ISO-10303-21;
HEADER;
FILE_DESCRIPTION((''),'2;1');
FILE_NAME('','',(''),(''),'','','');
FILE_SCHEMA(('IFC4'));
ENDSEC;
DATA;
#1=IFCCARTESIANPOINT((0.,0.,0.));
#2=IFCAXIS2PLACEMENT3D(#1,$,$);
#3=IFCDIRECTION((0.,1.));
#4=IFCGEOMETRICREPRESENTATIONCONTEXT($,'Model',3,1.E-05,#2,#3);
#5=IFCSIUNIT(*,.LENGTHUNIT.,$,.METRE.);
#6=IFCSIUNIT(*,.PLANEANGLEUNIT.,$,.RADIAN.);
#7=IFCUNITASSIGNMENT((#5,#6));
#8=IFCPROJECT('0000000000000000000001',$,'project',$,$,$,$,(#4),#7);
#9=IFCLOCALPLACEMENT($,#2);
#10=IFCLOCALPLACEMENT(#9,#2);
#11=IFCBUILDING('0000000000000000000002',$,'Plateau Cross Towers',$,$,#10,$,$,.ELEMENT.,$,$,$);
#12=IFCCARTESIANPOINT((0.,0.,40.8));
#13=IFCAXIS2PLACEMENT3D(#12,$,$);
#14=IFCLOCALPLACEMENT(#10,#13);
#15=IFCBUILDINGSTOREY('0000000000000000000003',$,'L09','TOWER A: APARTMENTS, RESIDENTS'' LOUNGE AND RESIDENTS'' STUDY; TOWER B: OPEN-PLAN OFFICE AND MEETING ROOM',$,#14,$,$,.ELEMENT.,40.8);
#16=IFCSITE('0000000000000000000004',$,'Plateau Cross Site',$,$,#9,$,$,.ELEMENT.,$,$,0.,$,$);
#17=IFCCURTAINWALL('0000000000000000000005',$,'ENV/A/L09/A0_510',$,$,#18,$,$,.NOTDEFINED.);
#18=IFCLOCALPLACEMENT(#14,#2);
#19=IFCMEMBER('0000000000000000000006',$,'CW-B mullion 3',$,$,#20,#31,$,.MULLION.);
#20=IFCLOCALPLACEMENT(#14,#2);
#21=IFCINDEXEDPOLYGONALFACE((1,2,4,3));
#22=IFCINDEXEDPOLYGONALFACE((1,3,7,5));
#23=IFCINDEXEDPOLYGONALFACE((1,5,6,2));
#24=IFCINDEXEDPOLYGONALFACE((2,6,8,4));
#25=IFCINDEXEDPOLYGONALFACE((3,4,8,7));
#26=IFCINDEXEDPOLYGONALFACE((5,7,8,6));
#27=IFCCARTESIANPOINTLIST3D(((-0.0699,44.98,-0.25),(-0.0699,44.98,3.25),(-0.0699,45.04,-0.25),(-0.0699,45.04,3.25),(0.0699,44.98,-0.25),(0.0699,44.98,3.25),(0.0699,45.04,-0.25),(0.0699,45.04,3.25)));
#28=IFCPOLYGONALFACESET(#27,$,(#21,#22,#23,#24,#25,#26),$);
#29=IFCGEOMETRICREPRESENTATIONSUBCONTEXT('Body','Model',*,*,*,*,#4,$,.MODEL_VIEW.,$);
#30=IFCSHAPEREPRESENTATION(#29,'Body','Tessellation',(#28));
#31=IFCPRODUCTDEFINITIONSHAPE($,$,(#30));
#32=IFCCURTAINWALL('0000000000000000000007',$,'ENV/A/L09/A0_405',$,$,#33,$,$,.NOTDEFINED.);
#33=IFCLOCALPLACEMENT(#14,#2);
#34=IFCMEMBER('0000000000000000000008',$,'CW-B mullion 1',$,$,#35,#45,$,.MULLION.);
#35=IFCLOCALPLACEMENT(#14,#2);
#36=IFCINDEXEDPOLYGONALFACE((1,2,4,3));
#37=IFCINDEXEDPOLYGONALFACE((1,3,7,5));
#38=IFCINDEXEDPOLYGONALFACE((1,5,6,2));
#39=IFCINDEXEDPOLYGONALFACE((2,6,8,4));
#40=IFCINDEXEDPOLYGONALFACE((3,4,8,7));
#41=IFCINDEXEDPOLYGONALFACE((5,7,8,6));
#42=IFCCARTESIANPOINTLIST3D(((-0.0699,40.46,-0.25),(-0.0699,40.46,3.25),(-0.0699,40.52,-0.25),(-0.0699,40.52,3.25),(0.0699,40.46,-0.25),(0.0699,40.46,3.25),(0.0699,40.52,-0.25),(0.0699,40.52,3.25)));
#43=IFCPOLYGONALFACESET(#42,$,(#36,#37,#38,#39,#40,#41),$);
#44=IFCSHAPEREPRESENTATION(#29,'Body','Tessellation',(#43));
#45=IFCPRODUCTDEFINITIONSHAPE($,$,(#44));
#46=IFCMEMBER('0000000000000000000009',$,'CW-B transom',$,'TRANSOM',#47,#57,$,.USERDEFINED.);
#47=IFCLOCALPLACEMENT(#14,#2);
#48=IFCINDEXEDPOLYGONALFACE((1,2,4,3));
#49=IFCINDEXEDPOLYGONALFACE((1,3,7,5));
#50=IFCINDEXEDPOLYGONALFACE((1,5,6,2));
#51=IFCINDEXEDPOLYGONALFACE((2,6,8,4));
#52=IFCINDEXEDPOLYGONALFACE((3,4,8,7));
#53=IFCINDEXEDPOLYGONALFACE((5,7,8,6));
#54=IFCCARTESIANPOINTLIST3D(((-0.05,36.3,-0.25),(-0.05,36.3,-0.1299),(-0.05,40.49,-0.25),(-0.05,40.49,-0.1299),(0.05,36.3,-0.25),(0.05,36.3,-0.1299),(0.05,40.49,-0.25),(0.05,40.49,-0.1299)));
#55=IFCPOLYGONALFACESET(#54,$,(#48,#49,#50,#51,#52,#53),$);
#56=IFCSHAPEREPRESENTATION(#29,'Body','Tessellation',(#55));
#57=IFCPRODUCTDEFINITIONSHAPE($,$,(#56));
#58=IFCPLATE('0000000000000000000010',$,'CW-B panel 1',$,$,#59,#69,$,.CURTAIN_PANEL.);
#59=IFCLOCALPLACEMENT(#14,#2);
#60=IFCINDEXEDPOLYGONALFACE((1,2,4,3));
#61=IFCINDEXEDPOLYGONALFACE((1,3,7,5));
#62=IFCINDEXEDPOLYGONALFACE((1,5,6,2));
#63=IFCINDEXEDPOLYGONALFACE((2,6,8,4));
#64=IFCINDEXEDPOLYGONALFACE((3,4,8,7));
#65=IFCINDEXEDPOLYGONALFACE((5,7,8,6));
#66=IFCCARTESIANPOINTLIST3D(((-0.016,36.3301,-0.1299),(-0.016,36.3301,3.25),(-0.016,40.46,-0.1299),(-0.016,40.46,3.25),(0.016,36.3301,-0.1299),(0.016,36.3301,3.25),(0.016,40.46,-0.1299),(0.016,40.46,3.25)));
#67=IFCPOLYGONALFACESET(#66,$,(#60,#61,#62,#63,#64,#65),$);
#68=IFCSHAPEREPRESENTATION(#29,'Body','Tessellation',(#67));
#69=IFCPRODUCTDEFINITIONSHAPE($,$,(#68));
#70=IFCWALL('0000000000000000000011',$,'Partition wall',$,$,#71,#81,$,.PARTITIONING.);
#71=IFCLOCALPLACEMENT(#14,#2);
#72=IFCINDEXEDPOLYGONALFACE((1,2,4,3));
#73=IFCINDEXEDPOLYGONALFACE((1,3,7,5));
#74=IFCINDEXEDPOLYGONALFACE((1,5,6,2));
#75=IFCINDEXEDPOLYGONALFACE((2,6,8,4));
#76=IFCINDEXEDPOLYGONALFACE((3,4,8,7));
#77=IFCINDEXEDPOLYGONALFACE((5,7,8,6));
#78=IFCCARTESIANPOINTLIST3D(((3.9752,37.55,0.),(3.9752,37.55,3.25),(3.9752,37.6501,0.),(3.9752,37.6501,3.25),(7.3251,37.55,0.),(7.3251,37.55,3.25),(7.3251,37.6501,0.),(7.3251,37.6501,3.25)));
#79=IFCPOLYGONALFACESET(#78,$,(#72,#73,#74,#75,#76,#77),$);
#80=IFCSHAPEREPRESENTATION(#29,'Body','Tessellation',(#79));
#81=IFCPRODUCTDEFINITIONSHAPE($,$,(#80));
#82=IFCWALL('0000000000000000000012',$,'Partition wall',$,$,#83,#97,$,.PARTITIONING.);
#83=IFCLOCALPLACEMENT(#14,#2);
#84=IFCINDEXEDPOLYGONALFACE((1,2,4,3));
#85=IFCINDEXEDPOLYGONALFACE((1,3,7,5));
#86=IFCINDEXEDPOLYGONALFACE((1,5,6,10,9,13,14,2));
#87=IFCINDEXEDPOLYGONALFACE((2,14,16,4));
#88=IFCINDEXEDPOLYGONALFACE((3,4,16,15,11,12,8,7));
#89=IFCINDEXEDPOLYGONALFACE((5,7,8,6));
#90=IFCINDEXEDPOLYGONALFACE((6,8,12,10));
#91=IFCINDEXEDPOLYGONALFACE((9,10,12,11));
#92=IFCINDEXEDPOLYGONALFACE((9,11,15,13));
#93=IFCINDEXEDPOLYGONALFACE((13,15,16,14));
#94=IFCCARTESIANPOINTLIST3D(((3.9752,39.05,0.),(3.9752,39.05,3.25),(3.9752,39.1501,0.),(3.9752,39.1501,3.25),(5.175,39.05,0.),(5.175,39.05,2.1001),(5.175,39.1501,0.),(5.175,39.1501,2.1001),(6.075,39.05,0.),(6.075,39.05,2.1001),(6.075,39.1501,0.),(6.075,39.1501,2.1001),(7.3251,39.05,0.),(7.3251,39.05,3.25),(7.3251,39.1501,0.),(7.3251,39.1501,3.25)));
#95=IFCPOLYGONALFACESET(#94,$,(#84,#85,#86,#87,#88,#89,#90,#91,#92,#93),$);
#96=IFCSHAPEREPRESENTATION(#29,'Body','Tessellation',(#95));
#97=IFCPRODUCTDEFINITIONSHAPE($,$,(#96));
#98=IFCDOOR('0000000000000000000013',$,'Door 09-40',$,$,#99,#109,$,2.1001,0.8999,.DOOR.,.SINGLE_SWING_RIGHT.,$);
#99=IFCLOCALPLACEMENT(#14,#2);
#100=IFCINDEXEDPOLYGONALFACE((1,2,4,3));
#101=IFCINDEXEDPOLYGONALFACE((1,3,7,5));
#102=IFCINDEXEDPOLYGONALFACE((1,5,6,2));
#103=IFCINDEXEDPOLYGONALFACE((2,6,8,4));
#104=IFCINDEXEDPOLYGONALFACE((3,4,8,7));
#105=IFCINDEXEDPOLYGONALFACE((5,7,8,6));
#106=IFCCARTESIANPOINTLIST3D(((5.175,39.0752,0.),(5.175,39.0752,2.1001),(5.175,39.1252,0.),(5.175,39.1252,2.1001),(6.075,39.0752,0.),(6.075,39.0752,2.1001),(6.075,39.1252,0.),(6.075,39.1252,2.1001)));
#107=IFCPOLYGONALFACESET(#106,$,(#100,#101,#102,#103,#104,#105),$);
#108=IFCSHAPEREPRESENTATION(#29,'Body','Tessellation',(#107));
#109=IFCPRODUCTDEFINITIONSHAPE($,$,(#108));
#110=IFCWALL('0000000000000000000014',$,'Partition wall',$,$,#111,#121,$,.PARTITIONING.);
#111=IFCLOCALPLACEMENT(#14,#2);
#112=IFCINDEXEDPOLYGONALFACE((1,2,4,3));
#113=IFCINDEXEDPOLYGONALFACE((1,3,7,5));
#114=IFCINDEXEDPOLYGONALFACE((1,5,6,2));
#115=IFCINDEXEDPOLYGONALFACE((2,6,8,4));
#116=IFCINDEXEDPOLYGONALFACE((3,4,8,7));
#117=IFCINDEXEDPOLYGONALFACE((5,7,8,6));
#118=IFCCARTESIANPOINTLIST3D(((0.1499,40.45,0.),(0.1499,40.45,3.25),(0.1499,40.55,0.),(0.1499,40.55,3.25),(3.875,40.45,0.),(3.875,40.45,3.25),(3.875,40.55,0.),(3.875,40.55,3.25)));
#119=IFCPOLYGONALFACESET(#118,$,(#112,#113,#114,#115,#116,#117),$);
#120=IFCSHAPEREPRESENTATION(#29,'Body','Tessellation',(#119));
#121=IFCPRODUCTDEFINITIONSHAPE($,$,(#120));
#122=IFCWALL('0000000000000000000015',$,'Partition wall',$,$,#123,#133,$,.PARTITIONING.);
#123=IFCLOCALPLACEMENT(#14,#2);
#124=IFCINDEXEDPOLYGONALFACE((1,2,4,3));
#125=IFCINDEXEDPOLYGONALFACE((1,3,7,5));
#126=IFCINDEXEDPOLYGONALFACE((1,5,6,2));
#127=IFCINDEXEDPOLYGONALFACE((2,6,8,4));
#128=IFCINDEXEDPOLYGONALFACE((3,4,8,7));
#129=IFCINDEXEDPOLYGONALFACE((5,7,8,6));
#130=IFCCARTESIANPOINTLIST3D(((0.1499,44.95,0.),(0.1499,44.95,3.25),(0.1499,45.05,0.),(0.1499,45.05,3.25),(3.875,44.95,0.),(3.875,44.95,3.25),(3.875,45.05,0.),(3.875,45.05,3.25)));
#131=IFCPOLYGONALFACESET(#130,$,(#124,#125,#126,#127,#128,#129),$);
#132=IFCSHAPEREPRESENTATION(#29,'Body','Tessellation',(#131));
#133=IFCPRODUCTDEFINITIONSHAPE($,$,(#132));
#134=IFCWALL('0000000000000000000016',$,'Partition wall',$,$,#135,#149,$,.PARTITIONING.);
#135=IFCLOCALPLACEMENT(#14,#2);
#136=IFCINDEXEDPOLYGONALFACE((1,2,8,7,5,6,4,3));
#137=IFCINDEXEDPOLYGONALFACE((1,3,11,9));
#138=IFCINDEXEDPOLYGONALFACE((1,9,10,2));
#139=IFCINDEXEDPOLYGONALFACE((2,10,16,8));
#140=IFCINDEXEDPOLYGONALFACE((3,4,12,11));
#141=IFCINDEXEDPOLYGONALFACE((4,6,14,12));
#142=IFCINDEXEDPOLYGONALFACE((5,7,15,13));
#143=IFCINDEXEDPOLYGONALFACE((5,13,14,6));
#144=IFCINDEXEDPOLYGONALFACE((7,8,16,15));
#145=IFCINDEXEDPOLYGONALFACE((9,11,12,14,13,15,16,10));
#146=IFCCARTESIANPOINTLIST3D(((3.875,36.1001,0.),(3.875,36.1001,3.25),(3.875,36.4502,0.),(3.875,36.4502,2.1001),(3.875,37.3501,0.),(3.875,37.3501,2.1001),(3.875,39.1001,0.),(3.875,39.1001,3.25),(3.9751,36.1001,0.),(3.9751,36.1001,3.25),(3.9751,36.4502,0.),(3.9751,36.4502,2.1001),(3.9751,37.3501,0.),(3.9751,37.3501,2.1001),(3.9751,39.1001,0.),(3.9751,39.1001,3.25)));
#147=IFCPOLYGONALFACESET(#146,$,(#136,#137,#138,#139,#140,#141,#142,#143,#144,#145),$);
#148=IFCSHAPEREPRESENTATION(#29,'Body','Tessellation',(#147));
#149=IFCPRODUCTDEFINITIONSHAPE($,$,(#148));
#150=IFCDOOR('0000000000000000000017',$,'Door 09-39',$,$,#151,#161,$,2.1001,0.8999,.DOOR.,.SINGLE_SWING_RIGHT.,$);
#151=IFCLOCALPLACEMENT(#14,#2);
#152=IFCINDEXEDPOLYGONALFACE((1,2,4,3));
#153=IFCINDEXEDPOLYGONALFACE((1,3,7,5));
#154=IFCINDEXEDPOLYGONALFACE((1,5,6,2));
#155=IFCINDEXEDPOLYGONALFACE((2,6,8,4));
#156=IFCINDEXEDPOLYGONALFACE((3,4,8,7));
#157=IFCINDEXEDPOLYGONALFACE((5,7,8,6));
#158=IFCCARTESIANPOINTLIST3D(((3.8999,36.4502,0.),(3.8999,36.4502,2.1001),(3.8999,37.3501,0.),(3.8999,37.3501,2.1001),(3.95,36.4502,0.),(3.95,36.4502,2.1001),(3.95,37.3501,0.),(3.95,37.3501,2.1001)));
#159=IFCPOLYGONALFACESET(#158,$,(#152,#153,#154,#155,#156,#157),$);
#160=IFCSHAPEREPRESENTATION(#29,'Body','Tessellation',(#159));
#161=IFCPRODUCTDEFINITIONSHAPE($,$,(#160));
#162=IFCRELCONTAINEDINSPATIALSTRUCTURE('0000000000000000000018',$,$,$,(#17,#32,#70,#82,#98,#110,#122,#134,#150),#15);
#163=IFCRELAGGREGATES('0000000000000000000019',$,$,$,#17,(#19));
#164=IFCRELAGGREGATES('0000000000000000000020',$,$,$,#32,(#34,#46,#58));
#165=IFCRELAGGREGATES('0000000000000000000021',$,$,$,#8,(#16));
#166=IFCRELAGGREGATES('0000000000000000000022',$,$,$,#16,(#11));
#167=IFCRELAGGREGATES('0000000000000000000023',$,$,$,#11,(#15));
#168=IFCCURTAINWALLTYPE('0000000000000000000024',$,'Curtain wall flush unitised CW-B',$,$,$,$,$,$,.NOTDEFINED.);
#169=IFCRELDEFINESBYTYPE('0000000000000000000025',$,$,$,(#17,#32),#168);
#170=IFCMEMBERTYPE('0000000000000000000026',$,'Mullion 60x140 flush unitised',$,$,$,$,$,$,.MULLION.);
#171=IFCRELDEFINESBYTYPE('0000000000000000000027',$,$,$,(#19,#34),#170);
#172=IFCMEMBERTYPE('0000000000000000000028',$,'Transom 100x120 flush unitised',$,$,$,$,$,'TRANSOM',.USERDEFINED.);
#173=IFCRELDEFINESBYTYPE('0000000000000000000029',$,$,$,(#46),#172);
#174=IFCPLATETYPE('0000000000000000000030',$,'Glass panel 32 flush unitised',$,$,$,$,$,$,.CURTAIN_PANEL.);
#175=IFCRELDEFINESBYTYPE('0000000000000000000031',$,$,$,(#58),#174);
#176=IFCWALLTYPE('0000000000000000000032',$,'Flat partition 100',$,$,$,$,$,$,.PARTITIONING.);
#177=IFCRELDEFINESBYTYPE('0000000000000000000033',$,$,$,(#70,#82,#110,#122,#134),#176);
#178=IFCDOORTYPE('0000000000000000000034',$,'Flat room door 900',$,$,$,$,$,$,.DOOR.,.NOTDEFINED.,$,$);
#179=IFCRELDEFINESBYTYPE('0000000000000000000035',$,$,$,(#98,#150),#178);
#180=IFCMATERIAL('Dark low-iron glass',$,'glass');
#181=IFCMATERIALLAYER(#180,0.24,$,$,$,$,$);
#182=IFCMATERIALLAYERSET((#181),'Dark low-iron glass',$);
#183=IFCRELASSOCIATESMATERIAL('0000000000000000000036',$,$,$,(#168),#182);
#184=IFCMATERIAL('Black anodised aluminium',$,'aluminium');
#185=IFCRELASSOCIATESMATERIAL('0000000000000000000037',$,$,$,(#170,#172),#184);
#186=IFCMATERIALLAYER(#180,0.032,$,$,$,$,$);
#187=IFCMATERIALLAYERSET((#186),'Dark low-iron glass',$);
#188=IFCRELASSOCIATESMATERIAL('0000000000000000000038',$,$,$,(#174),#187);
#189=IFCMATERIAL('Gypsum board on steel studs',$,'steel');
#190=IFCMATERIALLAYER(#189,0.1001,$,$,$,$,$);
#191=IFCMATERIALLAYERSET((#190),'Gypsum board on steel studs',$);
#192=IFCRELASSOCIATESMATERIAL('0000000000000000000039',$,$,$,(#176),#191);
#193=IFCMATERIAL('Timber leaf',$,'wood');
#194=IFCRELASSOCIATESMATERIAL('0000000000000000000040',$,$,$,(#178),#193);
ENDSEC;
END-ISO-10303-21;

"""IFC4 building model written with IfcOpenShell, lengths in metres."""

from ifc_helpers import new_model, si_unit, direction, frame, frame_2d, origin, origin_2d, place, context, subcontext, project, spatial, rectangle, extrude, material, layer, layer_set, material_profile, profile_set, type_object, element, fill, aggregate, save


model = new_model("IFC4")

# Units and contexts
model_context = context("Model", 3, precision=1e-05, world=origin(), true_north=direction((0.0, 1.0)))
body_context = subcontext(model_context, "Body", "Model", "MODEL_VIEW")
ifc_project = project(units=[si_unit("LENGTHUNIT", "METRE"), si_unit("PLANEANGLEUNIT", "RADIAN")], contexts=[model_context])

# Site, building, storey
site_placement = place(None, origin())
site = spatial("IfcSite", under=ifc_project, at=site_placement, Name="Plateau Cross Site", CompositionType="ELEMENT", RefElevation=0.0)
building_placement = place(site_placement, origin())
building = spatial("IfcBuilding", under=site, at=building_placement, Name="Plateau Cross Towers", CompositionType="ELEMENT")
storey_placement = place(building_placement, frame((0.0, 0.0, 40.8)))
storey = spatial("IfcBuildingStorey", under=building, at=storey_placement, Name="L09", Description="TOWER A: APARTMENTS, RESIDENTS' LOUNGE AND RESIDENTS' STUDY; TOWER B: OPEN-PLAN OFFICE AND MEETING ROOM", CompositionType="ELEMENT", Elevation=40.8)

# Curtain wall, member
ifc_material_1 = material(Name="Dark low-iron glass", Category="glass")
ifc_layer_1 = layer(ifc_material_1, 0.24)
ifc_layer_set_1 = layer_set([ifc_layer_1], Name="Dark low-iron glass")
curtain_wall_type = type_object("IfcCurtainWallType", Name="Curtain wall flush unitised CW-B", PredefinedType="NOTDEFINED", material=ifc_layer_set_1)
curtain_wall_1_placement = place(storey_placement, origin())
curtain_wall_1 = element("IfcCurtainWall", 1, at=curtain_wall_1_placement, inside=storey, type_object=curtain_wall_type, Name="ENV/A/L09/A0_510", PredefinedType="NOTDEFINED")
ifc_material_2 = material(Name="Black anodised aluminium", Category="aluminium")
ifc_material_profile_1 = material_profile(ifc_material_2, rectangle(XDim=0.0601, YDim=0.1399, at=origin_2d()), Name="MULLION 60x140")
ifc_profile_set_1 = profile_set([ifc_material_profile_1], Name="Black anodised aluminium")
member_type_1 = type_object("IfcMemberType", Name="Mullion 60x140 flush unitised", PredefinedType="MULLION", material=ifc_profile_set_1)
member_1_placement = place(storey_placement, frame((0.0, 45.01, -0.25), z_axis=(0.0, 0.0, 1.0), x_axis=(0.0, -1.0, 0.0)))
member_1 = element("IfcMember", 2, at=member_1_placement, type_object=member_type_1, Name="CW-B mullion 3", PredefinedType="MULLION", context=body_context, shape_type="SweptSolid", body=[
    extrude(rectangle(XDim=0.0601, YDim=0.1399, at=origin_2d()), origin(), (0.0, 0.0, 1.0), 3.5),
])
aggregate(curtain_wall_1, [member_1])

# Curtain wall, members, plate
curtain_wall_2_placement = place(storey_placement, origin())
curtain_wall_2 = element("IfcCurtainWall", 3, at=curtain_wall_2_placement, inside=storey, type_object=curtain_wall_type, Name="ENV/A/L09/A0_405", PredefinedType="NOTDEFINED")
member_2_placement = place(storey_placement, frame((0.0, 40.49, -0.25), z_axis=(0.0, 0.0, 1.0), x_axis=(0.0, -1.0, 0.0)))
member_2 = element("IfcMember", 4, at=member_2_placement, type_object=member_type_1, Name="CW-B mullion 1", PredefinedType="MULLION", context=body_context, shape_type="SweptSolid", body=[
    extrude(rectangle(XDim=0.0601, YDim=0.1399, at=origin_2d()), origin(), (0.0, 0.0, 1.0), 3.5),
])
ifc_material_profile_2 = material_profile(ifc_material_2, rectangle(XDim=0.1001, YDim=0.1201, at=origin_2d()), Name="TRANSOM 100x120")
ifc_profile_set_2 = profile_set([ifc_material_profile_2], Name="Black anodised aluminium")
member_type_2 = type_object("IfcMemberType", Name="Transom 100x120 flush unitised", ElementType="TRANSOM", PredefinedType="USERDEFINED", material=ifc_profile_set_2)
member_3_placement = place(storey_placement, frame((0.0, 40.49, -0.1899), z_axis=(0.0, -1.0, 0.0), x_axis=(1.0, 0.0, 0.0)))
member_3 = element("IfcMember", 5, at=member_3_placement, type_object=member_type_2, Name="CW-B transom", ObjectType="TRANSOM", PredefinedType="USERDEFINED", context=body_context, shape_type="SweptSolid", body=[
    extrude(rectangle(XDim=0.1001, YDim=0.1201, at=origin_2d()), origin(), (0.0, 0.0, 1.0), 4.1899),
])
ifc_layer_2 = layer(ifc_material_1, 0.032)
ifc_layer_set_2 = layer_set([ifc_layer_2], Name="Dark low-iron glass")
plate_type = type_object("IfcPlateType", Name="Glass panel 32 flush unitised", PredefinedType="CURTAIN_PANEL", material=ifc_layer_set_2)
plate_placement = place(storey_placement, frame((0.0, 38.395, -0.1299), z_axis=(0.0, 0.0, 1.0), x_axis=(0.0, -1.0, 0.0)))
plate = element("IfcPlate", 6, at=plate_placement, type_object=plate_type, Name="CW-B panel 1", PredefinedType="CURTAIN_PANEL", context=body_context, shape_type="SweptSolid", body=[
    extrude(rectangle(XDim=4.1299, YDim=0.032, at=origin_2d()), origin(), (0.0, 0.0, 1.0), 3.3799),
])
aggregate(curtain_wall_2, [member_2, member_3, plate])

# Wall
ifc_material_3 = material(Name="Gypsum board on steel studs", Category="steel")
ifc_layer_3 = layer(ifc_material_3, 0.1001)
ifc_layer_set_3 = layer_set([ifc_layer_3], Name="Gypsum board on steel studs")
wall_type_1 = type_object("IfcWallType", Name="Flat partition 100", PredefinedType="PARTITIONING", material=ifc_layer_set_3)
wall_1_placement = place(storey_placement, frame((7.325, 37.6001, 0.0), z_axis=(0.0, 0.0, 1.0), x_axis=(-1.0, 0.0, 0.0)))
element("IfcWall", 7, at=wall_1_placement, inside=storey, type_object=wall_type_1, Name="Partition wall", PredefinedType="PARTITIONING", context=body_context, shape_type="SweptSolid", body=[
    extrude(rectangle(XDim=3.3499, YDim=0.1001, at=frame_2d((1.6748, 0.0))), origin(), (0.0, 0.0, 1.0), 3.25),
])

# Wall, opening, door
wall_2_placement = place(storey_placement, frame((7.325, 39.1001, 0.0), z_axis=(0.0, 0.0, 1.0), x_axis=(-1.0, 0.0, 0.0)))
wall_2 = element("IfcWall", 8, at=wall_2_placement, inside=storey, type_object=wall_type_1, Name="Partition wall", PredefinedType="PARTITIONING", context=body_context, shape_type="SweptSolid", body=[
    extrude(rectangle(XDim=3.3499, YDim=0.1001, at=frame_2d((1.6748, 0.0))), origin(), (0.0, 0.0, 1.0), 3.25),
])
opening_1_placement = place(wall_2_placement, frame((1.25, 0.0, 0.0)))
opening_1 = element("IfcOpeningElement", 9, at=opening_1_placement, cuts=wall_2, PredefinedType="OPENING", context=body_context, shape_type="SweptSolid", body=[
    extrude(rectangle(XDim=0.8999, YDim=2.1001, at=frame_2d((0.45, 1.05))), frame((0.0, 0.0601, 0.0), z_axis=(0.0, -1.0, 0.0), x_axis=(1.0, 0.0, 0.0)), (0.0, 0.0, 1.0), 0.1201),
])
ifc_material_4 = material(Name="Timber leaf", Category="wood")
door_type_1 = type_object("IfcDoorType", Name="Flat room door 900", OperationType="NOTDEFINED", PredefinedType="DOOR", material=ifc_material_4)
door_1_placement = place(opening_1_placement, origin())
door_1 = element("IfcDoor", 10, at=door_1_placement, inside=storey, type_object=door_type_1, Name="Door 09-40", OperationType="SINGLE_SWING_RIGHT", OverallHeight=2.1001, OverallWidth=0.8999, PredefinedType="DOOR", context=body_context, shape_type="SweptSolid", body=[
    extrude(rectangle(XDim=0.8999, YDim=2.1001, at=frame_2d((0.45, 1.05))), frame((0.0, 0.0249, 0.0), z_axis=(0.0, -1.0, 0.0), x_axis=(1.0, 0.0, 0.0)), (0.0, 0.0, 1.0), 0.05),
])
fill(opening_1, door_1)

# Walls
for number, where, z_axis, x_axis, name in (
    (11, (0.1499, 40.5, 0.0), (0.0, 0.0, 1.0), (1.0, 0.0, 0.0), "Partition wall"),
    (12, (3.875, 45.0, 0.0), (0.0, 0.0, 1.0), (-1.0, 0.0, 0.0), "Partition wall"),
):
    element("IfcWall", number, at=place(storey_placement, frame(where, z_axis=z_axis, x_axis=x_axis)), inside=storey, type_object=wall_type_1, Name=name, PredefinedType="PARTITIONING", context=body_context, shape_type="SweptSolid", body=[
        extrude(rectangle(XDim=3.7251, YDim=0.1001, at=frame_2d((1.8625, 0.0))), origin(), (0.0, 0.0, 1.0), 3.25),
    ])

# Wall, opening, door
wall_3_placement = place(storey_placement, frame((3.925, 39.1001, 0.0), z_axis=(0.0, 0.0, 1.0), x_axis=(0.0, -1.0, 0.0)))
wall_3 = element("IfcWall", 13, at=wall_3_placement, inside=storey, type_object=wall_type_1, Name="Partition wall", PredefinedType="PARTITIONING", context=body_context, shape_type="SweptSolid", body=[
    extrude(rectangle(XDim=3.0, YDim=0.1001, at=frame_2d((1.5, 0.0))), origin(), (0.0, 0.0, 1.0), 3.25),
])
opening_2_placement = place(wall_3_placement, frame((1.75, 0.0, 0.0)))
opening_2 = element("IfcOpeningElement", 14, at=opening_2_placement, cuts=wall_3, PredefinedType="OPENING", context=body_context, shape_type="SweptSolid", body=[
    extrude(rectangle(XDim=0.8999, YDim=2.1001, at=frame_2d((0.45, 1.05))), frame((0.0, 0.0601, 0.0), z_axis=(0.0, -1.0, 0.0), x_axis=(1.0, 0.0, 0.0)), (0.0, 0.0, 1.0), 0.1201),
])
door_2_placement = place(opening_2_placement, origin())
door_2 = element("IfcDoor", 15, at=door_2_placement, inside=storey, type_object=door_type_1, Name="Door 09-39", OperationType="SINGLE_SWING_RIGHT", OverallHeight=2.1001, OverallWidth=0.8999, PredefinedType="DOOR", context=body_context, shape_type="SweptSolid", body=[
    extrude(rectangle(XDim=0.8999, YDim=2.1001, at=frame_2d((0.45, 1.05))), frame((0.0, 0.0249, 0.0), z_axis=(0.0, -1.0, 0.0), x_axis=(1.0, 0.0, 0.0)), (0.0, 0.0, 1.0), 0.05),
])
fill(opening_2, door_2)

save(model, "model.ifc")
